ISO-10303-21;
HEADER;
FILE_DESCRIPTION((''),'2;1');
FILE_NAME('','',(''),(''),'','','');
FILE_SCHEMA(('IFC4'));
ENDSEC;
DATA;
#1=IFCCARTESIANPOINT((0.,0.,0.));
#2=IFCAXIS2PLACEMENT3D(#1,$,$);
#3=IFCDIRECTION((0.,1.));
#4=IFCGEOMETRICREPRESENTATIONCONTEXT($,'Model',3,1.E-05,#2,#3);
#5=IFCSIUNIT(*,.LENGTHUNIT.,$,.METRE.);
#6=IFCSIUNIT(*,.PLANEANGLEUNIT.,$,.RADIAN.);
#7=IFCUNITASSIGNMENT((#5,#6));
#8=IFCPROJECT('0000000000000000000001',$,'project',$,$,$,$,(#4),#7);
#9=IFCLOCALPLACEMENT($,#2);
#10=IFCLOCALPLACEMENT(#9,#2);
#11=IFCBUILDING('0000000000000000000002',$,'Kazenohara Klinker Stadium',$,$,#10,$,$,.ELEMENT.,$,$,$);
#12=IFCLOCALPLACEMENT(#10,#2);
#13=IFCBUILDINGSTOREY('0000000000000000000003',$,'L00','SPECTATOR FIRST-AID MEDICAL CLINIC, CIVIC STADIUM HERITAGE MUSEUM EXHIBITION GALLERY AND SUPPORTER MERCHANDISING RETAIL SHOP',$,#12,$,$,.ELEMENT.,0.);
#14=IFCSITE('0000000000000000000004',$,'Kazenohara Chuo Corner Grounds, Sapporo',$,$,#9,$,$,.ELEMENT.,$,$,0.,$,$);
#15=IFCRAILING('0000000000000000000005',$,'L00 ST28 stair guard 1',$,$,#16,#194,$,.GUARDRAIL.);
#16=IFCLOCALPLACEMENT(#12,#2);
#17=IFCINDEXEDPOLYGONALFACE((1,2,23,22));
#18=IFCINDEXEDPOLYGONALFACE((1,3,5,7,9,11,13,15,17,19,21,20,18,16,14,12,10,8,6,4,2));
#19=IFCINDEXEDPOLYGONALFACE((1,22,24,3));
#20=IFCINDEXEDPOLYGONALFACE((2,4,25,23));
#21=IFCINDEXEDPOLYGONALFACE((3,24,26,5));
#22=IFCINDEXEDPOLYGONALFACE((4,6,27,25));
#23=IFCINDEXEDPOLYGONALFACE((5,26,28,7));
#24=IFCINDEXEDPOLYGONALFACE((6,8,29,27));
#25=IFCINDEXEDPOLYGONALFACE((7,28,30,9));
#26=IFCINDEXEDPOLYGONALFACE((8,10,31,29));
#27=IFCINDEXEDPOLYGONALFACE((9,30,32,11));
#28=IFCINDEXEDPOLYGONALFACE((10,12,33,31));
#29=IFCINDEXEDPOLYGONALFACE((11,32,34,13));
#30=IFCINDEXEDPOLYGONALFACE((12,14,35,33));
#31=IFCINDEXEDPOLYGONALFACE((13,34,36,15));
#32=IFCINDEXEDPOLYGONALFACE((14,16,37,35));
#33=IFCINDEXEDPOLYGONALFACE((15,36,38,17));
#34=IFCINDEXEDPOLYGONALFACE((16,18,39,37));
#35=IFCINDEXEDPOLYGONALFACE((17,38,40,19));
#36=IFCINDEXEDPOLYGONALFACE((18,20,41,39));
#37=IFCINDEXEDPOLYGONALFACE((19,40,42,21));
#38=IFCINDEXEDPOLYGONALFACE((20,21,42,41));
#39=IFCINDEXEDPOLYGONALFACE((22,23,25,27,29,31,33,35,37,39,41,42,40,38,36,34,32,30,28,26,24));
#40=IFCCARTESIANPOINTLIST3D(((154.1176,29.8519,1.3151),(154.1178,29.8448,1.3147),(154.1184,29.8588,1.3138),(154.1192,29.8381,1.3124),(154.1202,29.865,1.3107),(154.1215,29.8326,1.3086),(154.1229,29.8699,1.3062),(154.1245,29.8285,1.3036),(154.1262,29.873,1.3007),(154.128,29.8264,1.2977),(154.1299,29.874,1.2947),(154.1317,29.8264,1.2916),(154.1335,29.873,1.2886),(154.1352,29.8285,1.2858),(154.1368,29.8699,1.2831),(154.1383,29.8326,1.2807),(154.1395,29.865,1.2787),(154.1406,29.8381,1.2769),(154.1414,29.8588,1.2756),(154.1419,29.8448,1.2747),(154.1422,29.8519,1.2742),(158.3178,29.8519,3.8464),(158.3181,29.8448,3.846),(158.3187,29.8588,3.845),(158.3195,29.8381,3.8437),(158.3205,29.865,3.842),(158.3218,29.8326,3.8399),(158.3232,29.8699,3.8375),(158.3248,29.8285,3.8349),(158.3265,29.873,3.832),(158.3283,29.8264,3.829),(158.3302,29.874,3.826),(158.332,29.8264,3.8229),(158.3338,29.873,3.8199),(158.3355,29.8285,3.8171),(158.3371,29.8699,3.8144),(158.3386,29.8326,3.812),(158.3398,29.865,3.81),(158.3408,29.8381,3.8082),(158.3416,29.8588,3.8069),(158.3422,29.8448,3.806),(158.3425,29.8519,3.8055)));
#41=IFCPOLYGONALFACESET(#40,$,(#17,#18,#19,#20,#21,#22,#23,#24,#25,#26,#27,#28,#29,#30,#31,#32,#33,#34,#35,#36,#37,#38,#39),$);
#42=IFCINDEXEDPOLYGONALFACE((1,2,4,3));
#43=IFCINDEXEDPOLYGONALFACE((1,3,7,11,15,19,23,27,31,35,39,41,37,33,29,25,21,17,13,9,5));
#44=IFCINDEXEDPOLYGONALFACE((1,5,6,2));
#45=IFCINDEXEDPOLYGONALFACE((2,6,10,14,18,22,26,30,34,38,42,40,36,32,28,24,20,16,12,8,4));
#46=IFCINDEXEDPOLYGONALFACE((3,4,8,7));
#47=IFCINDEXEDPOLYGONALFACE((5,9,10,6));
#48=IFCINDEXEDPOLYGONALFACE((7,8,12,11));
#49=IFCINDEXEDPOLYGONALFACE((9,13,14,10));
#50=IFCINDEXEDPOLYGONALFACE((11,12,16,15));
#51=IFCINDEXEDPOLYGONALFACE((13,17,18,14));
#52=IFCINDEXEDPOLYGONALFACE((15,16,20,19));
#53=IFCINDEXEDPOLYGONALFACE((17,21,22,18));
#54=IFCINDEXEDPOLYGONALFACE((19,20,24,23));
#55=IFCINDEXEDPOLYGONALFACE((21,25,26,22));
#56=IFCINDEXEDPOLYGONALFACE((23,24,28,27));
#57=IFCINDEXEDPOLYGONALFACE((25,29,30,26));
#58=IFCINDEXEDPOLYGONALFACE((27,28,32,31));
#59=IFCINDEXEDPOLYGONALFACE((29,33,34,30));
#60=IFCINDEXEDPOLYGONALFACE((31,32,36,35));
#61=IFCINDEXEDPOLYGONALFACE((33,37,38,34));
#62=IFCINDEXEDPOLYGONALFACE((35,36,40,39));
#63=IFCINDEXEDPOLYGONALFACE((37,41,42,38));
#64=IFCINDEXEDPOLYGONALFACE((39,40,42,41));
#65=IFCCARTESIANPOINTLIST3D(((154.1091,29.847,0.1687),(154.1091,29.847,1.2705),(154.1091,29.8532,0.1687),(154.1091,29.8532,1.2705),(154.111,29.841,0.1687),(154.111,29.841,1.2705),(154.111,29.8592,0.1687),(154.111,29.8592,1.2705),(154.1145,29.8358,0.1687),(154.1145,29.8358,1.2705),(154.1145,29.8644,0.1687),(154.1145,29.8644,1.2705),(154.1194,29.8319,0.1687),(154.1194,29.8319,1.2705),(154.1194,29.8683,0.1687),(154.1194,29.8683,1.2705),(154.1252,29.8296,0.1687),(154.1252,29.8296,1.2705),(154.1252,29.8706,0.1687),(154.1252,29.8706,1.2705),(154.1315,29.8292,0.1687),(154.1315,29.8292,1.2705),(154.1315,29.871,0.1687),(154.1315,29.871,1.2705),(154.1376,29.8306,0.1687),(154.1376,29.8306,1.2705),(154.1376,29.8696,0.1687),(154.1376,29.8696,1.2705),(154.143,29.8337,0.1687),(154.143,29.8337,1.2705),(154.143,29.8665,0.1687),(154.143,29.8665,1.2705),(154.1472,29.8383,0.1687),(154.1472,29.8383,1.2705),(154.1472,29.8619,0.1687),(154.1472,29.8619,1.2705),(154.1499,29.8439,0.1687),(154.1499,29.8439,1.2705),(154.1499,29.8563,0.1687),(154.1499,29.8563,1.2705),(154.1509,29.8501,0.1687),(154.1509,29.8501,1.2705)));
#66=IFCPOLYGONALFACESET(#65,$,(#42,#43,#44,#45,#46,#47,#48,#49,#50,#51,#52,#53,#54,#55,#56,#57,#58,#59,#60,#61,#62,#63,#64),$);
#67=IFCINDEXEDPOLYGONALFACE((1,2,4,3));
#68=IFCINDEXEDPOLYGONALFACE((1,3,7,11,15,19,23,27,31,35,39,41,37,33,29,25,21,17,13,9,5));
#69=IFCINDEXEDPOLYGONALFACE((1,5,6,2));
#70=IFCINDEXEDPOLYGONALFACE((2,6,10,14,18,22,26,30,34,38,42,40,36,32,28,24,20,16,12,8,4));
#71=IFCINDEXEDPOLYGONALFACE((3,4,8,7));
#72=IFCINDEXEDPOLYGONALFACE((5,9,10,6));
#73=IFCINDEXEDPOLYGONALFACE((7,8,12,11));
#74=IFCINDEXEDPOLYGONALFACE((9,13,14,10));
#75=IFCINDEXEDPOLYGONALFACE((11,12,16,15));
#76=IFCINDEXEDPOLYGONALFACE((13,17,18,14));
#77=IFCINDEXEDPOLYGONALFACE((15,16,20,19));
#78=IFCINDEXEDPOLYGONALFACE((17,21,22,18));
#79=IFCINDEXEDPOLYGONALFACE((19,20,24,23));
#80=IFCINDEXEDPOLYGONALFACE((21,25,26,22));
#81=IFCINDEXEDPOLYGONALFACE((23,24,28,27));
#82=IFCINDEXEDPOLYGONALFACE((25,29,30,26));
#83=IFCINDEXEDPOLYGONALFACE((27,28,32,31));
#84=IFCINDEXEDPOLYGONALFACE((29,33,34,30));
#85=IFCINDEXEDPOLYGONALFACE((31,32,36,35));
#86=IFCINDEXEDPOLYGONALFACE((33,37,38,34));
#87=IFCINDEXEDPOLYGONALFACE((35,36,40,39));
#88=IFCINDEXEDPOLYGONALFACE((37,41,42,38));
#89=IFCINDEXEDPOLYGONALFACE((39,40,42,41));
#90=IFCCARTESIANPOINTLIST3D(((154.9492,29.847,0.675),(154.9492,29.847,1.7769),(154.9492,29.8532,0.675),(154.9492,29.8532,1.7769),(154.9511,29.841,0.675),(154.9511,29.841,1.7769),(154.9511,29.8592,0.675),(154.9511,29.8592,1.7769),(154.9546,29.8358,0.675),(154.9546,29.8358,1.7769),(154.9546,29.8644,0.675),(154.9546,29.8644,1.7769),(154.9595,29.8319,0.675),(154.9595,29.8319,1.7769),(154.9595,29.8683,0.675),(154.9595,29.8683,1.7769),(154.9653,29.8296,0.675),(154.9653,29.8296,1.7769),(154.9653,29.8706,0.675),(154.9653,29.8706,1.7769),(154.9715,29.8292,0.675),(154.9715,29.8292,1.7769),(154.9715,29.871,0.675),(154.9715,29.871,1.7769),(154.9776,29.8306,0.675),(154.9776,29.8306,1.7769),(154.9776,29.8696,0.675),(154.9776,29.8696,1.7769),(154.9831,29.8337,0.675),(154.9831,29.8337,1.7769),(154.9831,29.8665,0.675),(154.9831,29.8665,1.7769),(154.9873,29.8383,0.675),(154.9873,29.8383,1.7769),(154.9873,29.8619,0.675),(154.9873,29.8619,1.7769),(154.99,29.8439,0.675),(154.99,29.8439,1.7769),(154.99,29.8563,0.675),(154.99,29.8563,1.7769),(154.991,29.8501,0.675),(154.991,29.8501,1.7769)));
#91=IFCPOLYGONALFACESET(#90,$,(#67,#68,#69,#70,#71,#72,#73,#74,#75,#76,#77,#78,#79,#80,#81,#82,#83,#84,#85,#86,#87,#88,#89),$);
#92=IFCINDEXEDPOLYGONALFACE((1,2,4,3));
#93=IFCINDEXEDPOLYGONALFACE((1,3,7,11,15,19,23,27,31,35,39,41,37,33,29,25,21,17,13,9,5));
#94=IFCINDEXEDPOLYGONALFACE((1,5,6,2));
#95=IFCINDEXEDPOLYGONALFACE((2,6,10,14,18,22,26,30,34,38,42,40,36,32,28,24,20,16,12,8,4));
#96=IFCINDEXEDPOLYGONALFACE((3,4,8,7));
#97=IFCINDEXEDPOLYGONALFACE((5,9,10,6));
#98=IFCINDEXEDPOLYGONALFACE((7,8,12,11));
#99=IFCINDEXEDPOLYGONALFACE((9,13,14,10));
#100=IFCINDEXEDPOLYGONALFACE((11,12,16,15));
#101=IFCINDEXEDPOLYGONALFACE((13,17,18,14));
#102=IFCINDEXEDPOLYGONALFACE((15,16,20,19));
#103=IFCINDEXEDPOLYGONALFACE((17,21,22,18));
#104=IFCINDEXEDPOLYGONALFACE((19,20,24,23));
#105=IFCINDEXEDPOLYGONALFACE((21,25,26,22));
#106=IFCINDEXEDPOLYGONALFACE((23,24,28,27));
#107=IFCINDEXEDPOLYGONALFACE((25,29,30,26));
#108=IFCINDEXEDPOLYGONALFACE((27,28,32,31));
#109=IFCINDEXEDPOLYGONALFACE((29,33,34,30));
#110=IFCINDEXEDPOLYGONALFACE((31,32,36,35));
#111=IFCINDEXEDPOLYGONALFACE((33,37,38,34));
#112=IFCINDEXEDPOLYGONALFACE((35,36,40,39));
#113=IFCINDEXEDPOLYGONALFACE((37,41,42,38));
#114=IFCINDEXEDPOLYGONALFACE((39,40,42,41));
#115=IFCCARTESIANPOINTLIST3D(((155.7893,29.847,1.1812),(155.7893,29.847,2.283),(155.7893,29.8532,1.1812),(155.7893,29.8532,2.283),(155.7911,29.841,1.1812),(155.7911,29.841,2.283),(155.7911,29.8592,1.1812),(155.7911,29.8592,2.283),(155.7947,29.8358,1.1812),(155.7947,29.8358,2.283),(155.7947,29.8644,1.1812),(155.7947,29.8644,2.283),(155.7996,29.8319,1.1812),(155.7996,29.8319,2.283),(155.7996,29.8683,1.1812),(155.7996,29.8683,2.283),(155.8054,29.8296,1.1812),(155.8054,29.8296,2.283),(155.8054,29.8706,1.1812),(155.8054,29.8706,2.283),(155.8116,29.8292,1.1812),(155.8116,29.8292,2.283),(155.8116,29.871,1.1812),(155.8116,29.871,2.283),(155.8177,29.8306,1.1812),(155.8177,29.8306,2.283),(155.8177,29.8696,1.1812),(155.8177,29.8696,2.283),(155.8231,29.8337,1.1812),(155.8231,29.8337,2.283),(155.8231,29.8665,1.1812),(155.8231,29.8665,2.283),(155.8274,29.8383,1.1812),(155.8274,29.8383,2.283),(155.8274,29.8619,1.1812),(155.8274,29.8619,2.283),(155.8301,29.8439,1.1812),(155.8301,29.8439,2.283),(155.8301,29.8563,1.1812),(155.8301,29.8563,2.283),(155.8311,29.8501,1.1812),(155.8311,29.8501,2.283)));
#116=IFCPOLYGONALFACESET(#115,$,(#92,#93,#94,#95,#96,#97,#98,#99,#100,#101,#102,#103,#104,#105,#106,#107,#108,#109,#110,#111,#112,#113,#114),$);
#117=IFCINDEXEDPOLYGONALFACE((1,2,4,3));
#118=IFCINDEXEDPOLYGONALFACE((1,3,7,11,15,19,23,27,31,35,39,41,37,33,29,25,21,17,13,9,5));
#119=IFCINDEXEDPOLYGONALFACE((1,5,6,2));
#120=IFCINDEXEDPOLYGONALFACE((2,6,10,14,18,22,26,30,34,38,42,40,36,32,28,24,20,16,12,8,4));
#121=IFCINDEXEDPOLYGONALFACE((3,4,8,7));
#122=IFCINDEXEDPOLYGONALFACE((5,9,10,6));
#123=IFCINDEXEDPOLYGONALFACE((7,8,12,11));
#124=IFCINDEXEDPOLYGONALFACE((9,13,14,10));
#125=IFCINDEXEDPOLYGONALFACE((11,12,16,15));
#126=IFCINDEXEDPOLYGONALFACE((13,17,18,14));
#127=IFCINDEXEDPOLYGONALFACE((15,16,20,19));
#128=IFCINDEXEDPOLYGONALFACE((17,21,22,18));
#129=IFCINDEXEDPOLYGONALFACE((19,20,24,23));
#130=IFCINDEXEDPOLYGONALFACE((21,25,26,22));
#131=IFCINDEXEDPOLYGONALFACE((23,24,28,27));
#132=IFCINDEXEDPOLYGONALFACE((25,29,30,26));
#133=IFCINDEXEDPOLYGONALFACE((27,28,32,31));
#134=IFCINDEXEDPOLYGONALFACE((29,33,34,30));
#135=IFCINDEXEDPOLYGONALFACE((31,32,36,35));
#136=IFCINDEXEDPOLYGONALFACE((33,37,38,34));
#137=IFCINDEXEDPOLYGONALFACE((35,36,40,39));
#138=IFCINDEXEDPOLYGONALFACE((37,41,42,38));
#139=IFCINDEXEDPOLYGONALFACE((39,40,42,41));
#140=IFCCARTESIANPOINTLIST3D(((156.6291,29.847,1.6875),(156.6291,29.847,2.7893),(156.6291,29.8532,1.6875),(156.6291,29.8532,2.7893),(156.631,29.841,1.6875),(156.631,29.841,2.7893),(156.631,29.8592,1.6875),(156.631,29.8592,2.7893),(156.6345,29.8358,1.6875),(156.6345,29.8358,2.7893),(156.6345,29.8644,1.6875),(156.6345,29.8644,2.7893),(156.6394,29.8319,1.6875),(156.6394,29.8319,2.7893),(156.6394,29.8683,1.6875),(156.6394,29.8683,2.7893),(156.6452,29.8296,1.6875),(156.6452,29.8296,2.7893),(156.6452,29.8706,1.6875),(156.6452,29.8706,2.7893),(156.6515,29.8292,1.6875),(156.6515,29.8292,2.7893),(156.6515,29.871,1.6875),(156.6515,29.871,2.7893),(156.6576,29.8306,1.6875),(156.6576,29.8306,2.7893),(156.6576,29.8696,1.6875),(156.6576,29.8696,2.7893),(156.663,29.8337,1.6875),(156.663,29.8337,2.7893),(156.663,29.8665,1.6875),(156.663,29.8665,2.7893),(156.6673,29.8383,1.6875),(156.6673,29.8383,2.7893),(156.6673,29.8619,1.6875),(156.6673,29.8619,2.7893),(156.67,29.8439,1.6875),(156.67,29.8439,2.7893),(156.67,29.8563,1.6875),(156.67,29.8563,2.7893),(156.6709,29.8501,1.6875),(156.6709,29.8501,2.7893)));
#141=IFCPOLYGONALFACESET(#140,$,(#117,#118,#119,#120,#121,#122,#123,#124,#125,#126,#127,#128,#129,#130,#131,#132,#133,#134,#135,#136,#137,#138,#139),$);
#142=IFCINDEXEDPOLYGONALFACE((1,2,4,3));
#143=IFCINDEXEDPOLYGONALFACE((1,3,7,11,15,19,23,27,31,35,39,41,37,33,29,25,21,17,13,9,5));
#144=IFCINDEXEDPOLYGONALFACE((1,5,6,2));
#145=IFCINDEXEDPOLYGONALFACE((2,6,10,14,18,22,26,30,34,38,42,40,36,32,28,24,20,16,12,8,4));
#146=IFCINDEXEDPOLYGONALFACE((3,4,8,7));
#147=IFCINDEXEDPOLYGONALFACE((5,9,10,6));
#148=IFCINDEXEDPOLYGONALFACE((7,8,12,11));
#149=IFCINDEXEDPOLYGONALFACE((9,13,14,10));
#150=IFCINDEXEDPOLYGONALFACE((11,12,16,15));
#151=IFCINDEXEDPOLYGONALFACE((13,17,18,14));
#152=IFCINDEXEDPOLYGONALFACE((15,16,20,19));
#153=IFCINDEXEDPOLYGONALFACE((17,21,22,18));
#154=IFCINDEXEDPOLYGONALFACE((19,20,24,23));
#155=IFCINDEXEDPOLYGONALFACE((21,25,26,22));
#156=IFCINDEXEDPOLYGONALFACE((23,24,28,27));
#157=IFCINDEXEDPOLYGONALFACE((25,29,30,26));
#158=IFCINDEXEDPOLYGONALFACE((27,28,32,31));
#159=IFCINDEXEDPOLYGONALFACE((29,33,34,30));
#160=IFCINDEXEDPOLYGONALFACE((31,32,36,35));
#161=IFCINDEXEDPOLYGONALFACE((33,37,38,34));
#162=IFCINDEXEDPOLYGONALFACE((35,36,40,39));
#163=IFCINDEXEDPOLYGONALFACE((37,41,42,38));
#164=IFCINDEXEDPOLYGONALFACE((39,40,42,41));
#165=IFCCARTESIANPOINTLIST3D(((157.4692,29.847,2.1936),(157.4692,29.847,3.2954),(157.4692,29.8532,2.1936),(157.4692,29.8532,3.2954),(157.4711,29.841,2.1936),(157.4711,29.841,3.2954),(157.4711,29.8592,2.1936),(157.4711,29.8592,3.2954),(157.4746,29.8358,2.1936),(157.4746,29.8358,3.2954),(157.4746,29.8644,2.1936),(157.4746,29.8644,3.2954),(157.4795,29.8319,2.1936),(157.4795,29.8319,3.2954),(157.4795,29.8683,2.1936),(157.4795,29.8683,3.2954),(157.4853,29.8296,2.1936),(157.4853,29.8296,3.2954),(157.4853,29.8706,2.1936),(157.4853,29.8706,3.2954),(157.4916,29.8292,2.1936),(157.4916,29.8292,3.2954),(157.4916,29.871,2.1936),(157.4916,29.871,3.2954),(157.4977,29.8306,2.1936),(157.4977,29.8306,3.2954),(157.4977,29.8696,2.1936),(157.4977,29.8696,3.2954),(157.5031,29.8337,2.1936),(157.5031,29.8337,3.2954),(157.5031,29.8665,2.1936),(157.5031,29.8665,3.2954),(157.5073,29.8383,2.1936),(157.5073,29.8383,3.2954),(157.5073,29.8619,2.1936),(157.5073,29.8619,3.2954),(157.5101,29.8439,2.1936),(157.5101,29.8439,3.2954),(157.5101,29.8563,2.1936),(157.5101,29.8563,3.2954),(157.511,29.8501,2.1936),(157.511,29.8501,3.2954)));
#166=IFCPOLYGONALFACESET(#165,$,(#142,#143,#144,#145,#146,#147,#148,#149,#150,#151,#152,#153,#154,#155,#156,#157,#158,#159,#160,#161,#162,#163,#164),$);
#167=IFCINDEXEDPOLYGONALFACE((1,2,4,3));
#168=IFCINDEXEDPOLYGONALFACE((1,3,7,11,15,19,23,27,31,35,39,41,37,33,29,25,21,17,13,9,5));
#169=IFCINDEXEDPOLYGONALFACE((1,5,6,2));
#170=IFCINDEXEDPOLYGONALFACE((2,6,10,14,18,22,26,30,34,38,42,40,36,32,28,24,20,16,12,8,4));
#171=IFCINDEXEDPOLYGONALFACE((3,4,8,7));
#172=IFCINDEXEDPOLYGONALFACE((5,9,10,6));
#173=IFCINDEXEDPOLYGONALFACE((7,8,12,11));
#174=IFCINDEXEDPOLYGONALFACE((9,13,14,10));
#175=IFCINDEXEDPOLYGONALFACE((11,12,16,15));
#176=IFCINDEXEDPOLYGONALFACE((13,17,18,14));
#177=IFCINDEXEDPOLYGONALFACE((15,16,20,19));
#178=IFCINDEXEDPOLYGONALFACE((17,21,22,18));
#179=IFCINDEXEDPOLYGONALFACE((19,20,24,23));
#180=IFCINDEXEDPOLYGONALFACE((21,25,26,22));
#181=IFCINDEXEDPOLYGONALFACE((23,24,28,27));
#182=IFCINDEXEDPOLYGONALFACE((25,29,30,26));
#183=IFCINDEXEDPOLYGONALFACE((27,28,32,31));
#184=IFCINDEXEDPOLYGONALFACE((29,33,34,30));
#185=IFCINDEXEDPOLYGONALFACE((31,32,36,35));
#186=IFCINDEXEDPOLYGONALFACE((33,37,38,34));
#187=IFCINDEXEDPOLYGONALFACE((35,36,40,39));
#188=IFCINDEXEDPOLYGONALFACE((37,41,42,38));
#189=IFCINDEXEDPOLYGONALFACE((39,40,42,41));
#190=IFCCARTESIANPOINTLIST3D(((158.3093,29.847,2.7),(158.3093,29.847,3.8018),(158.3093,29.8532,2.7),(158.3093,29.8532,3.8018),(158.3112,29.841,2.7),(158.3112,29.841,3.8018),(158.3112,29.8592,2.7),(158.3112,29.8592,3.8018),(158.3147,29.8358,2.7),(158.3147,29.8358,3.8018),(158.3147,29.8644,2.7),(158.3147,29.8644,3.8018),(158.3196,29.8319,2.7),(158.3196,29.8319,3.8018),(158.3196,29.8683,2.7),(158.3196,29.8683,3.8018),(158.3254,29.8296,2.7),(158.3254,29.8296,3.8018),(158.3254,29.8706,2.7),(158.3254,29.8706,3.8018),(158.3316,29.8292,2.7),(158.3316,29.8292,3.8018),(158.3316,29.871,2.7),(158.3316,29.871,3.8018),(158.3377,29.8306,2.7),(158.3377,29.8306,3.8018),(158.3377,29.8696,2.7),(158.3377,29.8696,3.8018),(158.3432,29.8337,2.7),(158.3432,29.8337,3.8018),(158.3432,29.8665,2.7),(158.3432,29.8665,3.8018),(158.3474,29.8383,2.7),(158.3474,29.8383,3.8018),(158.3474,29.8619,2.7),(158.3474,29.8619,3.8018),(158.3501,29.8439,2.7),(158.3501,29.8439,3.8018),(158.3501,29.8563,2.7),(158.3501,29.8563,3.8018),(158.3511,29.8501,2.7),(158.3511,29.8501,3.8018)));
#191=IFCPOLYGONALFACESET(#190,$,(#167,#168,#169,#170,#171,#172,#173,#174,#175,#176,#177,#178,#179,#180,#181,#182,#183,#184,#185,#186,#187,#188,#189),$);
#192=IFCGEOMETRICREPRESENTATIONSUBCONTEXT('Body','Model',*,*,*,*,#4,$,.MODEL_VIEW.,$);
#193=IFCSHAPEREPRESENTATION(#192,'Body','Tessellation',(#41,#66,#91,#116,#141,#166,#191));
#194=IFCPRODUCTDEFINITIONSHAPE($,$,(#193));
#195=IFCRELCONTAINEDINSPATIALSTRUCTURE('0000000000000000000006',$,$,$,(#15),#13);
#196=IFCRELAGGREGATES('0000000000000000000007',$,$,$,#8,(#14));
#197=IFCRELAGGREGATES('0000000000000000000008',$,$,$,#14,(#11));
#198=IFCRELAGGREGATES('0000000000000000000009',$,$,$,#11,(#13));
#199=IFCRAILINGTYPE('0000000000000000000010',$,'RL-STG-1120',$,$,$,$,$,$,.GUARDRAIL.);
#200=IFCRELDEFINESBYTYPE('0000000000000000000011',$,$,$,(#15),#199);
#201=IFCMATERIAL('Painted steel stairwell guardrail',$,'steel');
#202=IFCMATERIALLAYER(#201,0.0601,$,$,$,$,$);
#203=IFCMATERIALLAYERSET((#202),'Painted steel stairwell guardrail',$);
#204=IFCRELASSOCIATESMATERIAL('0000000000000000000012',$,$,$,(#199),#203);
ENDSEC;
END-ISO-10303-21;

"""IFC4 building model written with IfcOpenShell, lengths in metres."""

from ifc_helpers import new_model, si_unit, direction, frame, origin, origin_2d, place, context, subcontext, project, spatial, circle, extrude, material, layer, layer_set, type_object, element, save


model = new_model("IFC4")

# Units and contexts
model_context = context("Model", 3, precision=1e-05, world=origin(), true_north=direction((0.0, 1.0)))
body_context = subcontext(model_context, "Body", "Model", "MODEL_VIEW")
ifc_project = project(units=[si_unit("LENGTHUNIT", "METRE"), si_unit("PLANEANGLEUNIT", "RADIAN")], contexts=[model_context])

# Site, building, storey
site_placement = place(None, origin())
site = spatial("IfcSite", under=ifc_project, at=site_placement, Name="Kazenohara Chuo Corner Grounds, Sapporo", CompositionType="ELEMENT", RefElevation=0.0)
building_placement = place(site_placement, origin())
building = spatial("IfcBuilding", under=site, at=building_placement, Name="Kazenohara Klinker Stadium", CompositionType="ELEMENT")
storey_placement = place(building_placement, origin())
storey = spatial("IfcBuildingStorey", under=building, at=storey_placement, Name="L00", Description="SPECTATOR FIRST-AID MEDICAL CLINIC, CIVIC STADIUM HERITAGE MUSEUM EXHIBITION GALLERY AND SUPPORTER MERCHANDISING RETAIL SHOP", CompositionType="ELEMENT", Elevation=0.0)

# Railing
ifc_material_1 = material(Name="Painted steel stairwell guardrail", Category="steel")
ifc_layer_1 = layer(ifc_material_1, 0.0601)
ifc_layer_set_1 = layer_set([ifc_layer_1], Name="Painted steel stairwell guardrail")
railing_type_1 = type_object("IfcRailingType", Name="RL-STG-1120", PredefinedType="GUARDRAIL", material=ifc_layer_set_1)
railing_1_placement = place(storey_placement, frame((154.1299, 29.8501, 0.1687)))
element("IfcRailing", 1, at=railing_1_placement, inside=storey, type_object=railing_type_1, Name="L00 ST28 stair guard 1", PredefinedType="GUARDRAIL", context=body_context, shape_type="SweptSolid", body=[
    extrude(circle(Radius=0.0239, at=origin_2d()), frame((0.0, 0.0, 1.126), z_axis=(0.85649, 0.0, 0.516164), x_axis=(0.0, 1.0, 0.0)), (0.0, 0.0, 1.0), 4.9041),
    extrude(circle(Radius=0.021, at=origin_2d()), origin(), (0.0, 0.0, 1.0), 1.1018),
    extrude(circle(Radius=0.021, at=origin_2d()), frame((0.8401, 0.0, 0.5063)), (0.0, 0.0, 1.0), 1.1018),
    extrude(circle(Radius=0.021, at=origin_2d()), frame((1.6802, 0.0, 1.0125)), (0.0, 0.0, 1.0), 1.1018),
    extrude(circle(Radius=0.021, at=origin_2d()), frame((2.52, 0.0, 1.5188)), (0.0, 0.0, 1.0), 1.1018),
    extrude(circle(Radius=0.021, at=origin_2d()), frame((3.3601, 0.0, 2.0249)), (0.0, 0.0, 1.0), 1.1018),
    extrude(circle(Radius=0.021, at=origin_2d()), frame((4.2002, 0.0, 2.5312)), (0.0, 0.0, 1.0), 1.1018),
])

save(model, "model.ifc")
